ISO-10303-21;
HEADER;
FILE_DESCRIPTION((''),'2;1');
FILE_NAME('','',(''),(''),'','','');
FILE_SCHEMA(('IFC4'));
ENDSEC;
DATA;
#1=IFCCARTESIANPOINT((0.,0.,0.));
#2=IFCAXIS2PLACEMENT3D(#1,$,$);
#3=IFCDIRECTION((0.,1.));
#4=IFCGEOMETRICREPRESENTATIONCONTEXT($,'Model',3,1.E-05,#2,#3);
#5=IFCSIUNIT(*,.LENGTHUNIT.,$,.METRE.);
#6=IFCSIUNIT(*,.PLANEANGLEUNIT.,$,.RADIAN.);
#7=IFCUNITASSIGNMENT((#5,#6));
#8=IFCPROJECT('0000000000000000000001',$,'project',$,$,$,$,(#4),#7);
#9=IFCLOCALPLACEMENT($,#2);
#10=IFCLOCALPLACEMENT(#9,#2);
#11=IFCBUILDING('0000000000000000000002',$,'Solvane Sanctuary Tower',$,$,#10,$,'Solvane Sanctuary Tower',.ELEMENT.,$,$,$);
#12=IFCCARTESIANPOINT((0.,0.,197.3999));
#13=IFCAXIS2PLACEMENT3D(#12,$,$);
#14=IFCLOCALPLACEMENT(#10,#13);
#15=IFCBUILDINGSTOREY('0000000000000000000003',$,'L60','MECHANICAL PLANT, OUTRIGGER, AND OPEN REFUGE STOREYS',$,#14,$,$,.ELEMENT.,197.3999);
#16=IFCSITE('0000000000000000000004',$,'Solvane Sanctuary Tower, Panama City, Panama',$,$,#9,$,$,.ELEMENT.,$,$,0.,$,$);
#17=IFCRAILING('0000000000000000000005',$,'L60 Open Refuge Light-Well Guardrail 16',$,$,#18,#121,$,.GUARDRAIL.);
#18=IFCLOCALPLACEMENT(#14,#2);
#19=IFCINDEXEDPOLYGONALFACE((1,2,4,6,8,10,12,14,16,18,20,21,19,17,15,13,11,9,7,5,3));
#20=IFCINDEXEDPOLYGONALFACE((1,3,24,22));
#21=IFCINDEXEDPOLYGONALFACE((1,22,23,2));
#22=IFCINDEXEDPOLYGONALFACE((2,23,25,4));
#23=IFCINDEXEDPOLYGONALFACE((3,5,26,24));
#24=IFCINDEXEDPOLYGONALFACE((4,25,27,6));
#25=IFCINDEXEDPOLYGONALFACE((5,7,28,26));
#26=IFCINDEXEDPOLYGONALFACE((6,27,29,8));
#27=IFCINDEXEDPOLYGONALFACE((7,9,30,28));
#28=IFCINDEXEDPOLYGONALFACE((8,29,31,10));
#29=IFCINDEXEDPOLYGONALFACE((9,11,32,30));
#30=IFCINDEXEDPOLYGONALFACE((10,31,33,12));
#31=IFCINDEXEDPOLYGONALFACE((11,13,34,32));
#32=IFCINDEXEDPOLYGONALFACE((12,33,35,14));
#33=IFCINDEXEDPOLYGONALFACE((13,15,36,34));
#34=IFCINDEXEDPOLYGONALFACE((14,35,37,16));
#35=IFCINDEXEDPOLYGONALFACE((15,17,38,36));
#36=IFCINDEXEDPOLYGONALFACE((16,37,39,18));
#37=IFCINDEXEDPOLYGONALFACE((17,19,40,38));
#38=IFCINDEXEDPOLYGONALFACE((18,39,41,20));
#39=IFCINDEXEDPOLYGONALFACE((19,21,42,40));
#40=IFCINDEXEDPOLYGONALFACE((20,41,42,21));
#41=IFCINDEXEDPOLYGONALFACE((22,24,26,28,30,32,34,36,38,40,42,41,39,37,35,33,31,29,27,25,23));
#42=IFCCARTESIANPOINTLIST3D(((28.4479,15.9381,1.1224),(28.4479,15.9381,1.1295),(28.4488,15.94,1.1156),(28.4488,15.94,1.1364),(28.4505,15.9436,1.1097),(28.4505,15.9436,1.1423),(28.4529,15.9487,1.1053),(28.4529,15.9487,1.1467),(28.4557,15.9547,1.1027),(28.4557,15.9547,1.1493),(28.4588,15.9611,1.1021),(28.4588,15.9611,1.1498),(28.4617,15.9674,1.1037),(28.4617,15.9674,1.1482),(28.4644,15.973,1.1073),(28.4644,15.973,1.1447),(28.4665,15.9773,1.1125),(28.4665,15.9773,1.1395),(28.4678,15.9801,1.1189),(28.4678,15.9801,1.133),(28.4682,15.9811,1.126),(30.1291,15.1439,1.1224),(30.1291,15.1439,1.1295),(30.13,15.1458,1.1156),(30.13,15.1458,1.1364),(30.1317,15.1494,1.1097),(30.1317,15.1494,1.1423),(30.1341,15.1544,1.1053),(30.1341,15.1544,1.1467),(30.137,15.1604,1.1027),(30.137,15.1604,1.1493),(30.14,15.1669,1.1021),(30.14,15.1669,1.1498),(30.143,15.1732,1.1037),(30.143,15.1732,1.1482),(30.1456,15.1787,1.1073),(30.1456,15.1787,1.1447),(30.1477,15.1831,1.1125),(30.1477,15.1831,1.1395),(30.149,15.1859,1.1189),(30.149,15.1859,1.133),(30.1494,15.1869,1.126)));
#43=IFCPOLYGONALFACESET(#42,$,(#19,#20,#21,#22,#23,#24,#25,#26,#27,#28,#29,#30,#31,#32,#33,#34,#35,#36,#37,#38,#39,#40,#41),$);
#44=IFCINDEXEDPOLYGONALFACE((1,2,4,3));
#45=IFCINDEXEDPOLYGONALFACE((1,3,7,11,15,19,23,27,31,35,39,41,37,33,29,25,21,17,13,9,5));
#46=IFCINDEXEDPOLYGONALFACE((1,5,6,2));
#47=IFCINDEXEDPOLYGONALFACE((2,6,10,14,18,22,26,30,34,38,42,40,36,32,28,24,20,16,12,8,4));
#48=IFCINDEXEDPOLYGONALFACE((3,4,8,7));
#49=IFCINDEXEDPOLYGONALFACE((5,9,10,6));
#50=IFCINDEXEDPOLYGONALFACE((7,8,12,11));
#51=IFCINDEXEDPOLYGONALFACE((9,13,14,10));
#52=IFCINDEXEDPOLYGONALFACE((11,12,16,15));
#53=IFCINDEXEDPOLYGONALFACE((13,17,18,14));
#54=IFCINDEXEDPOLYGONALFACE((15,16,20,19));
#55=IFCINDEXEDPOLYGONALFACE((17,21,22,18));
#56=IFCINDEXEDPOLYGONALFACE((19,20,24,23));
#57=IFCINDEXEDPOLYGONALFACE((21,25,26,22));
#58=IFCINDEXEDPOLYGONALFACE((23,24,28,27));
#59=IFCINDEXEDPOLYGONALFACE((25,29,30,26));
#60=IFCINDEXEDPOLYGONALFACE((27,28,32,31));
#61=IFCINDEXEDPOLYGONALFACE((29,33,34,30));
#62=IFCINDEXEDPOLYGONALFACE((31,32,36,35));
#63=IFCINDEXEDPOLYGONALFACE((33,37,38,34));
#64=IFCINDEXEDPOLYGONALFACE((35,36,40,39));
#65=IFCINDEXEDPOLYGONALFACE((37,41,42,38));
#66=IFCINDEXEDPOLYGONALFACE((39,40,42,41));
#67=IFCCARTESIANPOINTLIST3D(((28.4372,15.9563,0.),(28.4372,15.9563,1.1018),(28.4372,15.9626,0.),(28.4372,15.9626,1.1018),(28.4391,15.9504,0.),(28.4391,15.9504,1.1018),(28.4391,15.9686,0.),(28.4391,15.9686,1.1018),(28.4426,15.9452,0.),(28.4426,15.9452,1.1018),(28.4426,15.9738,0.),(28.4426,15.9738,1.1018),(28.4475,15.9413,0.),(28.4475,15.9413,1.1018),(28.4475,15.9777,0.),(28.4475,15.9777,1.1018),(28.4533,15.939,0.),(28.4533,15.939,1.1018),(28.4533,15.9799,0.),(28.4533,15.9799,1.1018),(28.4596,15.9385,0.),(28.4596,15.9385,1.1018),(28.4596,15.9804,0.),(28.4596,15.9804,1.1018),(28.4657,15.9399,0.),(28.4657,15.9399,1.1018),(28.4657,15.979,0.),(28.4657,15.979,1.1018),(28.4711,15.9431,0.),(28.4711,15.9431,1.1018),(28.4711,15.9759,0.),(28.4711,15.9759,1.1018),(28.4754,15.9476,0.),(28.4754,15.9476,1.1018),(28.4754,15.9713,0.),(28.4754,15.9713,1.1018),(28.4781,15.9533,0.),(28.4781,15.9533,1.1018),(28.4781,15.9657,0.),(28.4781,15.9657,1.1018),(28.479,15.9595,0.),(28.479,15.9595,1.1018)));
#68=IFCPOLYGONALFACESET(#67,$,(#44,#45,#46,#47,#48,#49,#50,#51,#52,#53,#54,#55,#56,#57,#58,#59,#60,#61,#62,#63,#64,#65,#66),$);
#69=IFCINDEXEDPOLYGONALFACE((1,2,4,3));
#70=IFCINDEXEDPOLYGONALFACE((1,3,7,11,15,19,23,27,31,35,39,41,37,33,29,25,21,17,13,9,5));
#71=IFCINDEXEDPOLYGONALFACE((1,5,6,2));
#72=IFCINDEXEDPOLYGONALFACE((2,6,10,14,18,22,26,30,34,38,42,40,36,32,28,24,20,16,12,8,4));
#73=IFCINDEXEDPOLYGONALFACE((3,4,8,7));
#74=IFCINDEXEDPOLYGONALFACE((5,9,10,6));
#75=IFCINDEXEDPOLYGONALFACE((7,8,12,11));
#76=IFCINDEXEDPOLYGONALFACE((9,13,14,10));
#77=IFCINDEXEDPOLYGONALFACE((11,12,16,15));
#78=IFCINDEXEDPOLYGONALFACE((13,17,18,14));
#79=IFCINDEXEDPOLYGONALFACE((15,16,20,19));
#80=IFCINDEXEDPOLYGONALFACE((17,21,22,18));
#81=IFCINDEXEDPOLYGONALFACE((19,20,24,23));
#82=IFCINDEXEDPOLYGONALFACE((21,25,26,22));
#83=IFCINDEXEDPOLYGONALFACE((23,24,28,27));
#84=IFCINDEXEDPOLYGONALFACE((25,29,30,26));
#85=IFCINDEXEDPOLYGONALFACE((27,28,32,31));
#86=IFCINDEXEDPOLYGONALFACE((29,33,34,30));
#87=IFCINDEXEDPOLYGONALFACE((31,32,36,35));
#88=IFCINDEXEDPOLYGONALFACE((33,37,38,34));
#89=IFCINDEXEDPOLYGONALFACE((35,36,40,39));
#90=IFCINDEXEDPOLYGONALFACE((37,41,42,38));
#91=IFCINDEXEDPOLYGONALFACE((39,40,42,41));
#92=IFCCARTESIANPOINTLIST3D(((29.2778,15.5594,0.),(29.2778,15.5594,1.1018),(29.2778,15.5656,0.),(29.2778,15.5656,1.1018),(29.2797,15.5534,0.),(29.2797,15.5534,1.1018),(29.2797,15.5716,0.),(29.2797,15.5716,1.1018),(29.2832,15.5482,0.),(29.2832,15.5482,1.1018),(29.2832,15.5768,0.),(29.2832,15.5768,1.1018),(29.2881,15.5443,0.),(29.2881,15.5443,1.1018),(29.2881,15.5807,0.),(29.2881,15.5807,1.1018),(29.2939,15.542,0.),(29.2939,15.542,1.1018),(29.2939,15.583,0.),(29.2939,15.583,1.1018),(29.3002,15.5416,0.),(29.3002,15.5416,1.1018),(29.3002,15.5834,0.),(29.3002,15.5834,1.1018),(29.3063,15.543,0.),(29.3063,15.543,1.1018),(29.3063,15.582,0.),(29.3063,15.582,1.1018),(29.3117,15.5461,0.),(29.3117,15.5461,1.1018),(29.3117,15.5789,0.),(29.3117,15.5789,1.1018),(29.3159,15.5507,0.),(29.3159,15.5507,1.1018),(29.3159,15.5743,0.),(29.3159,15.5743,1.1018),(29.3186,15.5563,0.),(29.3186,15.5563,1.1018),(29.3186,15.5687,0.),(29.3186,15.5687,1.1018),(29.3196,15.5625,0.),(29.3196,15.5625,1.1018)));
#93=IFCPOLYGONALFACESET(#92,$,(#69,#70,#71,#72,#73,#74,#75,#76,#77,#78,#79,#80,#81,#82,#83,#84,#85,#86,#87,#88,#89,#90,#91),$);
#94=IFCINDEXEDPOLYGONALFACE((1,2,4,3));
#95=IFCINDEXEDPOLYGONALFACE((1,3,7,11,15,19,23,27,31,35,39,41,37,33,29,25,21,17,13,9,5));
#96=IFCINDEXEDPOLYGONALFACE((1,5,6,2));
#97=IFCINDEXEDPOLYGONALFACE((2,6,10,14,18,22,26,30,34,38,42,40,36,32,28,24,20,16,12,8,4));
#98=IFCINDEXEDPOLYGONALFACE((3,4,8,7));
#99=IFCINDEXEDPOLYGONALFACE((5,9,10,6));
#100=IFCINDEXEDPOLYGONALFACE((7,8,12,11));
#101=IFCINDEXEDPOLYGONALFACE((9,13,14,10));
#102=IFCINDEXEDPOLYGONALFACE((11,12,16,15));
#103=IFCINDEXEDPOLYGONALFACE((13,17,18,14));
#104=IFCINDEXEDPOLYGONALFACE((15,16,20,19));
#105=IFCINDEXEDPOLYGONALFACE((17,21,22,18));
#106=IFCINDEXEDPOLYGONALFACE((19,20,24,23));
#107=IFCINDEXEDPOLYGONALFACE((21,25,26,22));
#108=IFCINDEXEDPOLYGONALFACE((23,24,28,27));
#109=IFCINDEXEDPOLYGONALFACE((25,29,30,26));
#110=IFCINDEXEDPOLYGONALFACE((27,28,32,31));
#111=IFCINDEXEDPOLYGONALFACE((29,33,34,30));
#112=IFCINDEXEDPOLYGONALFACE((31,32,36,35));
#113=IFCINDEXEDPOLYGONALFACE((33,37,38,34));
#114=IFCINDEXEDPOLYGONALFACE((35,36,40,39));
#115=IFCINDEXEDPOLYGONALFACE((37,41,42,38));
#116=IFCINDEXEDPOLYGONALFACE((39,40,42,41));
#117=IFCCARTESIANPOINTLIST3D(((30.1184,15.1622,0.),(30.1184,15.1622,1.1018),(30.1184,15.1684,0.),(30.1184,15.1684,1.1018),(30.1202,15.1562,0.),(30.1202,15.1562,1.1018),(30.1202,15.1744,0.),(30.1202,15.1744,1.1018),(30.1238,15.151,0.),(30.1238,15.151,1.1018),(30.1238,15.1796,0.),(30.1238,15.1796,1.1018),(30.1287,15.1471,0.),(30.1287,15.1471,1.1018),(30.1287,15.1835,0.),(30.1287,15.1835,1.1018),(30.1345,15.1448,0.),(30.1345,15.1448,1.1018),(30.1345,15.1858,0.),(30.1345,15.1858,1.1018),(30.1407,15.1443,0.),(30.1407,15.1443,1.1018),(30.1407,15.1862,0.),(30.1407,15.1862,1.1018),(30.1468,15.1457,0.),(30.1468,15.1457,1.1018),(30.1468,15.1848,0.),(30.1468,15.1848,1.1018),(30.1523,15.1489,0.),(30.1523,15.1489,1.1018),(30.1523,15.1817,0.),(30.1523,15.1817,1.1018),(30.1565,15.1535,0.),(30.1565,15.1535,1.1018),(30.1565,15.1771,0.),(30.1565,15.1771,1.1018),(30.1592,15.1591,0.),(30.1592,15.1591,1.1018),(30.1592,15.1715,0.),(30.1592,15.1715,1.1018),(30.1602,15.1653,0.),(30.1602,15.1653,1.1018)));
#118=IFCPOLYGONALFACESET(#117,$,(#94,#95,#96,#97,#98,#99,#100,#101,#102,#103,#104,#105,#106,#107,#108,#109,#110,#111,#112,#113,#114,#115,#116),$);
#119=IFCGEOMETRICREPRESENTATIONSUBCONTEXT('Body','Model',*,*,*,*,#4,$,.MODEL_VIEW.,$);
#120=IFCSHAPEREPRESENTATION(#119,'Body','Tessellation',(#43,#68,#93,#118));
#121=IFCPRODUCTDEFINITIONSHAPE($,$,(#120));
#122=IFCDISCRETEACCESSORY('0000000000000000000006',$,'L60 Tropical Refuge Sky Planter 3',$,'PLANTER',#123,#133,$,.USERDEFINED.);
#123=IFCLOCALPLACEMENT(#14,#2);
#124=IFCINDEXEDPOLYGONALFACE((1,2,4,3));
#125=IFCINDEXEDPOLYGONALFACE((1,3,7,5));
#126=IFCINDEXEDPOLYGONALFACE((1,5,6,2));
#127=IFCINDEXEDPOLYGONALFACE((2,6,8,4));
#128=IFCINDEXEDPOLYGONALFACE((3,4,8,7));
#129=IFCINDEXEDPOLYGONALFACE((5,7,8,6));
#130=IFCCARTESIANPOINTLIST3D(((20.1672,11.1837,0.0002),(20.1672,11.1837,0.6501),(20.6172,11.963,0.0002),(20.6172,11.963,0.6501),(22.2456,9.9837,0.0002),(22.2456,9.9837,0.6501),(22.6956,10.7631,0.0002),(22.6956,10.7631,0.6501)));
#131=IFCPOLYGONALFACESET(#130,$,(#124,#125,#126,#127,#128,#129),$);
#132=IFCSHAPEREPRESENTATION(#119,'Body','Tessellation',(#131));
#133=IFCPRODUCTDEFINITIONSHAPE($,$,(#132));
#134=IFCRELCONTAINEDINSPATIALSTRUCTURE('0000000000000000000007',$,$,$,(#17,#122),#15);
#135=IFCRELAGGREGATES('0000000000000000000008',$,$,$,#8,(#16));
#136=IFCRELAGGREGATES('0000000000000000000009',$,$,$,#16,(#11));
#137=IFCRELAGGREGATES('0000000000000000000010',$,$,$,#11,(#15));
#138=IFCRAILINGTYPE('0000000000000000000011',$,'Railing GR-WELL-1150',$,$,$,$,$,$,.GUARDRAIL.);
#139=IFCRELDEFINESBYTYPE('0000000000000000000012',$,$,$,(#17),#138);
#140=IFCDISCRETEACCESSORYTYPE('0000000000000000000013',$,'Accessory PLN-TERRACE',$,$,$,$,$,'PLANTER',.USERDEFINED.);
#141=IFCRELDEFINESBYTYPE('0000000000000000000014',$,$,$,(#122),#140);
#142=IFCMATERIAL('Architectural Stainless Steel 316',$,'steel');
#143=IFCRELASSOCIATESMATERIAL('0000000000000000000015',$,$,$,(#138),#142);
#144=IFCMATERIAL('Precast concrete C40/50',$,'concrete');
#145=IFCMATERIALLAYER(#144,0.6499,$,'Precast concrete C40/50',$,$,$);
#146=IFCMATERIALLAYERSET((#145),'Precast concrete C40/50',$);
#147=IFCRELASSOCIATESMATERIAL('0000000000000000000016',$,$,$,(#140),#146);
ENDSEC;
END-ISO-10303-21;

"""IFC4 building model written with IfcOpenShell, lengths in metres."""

from ifc_helpers import new_model, si_unit, direction, frame, origin, origin_2d, place, context, subcontext, project, spatial, rectangle, circle, extrude, material, layer, layer_set, type_object, element, save


model = new_model("IFC4")

# Units and contexts
model_context = context("Model", 3, precision=1e-05, world=origin(), true_north=direction((0.0, 1.0)))
body_context = subcontext(model_context, "Body", "Model", "MODEL_VIEW")
ifc_project = project(units=[si_unit("LENGTHUNIT", "METRE"), si_unit("PLANEANGLEUNIT", "RADIAN")], contexts=[model_context])

# Site, building, storey
site_placement = place(None, origin())
site = spatial("IfcSite", under=ifc_project, at=site_placement, Name="Solvane Sanctuary Tower, Panama City, Panama", CompositionType="ELEMENT", RefElevation=0.0)
building_placement = place(site_placement, origin())
building = spatial("IfcBuilding", under=site, at=building_placement, Name="Solvane Sanctuary Tower", LongName="Solvane Sanctuary Tower", CompositionType="ELEMENT")
storey_placement = place(building_placement, frame((0.0, 0.0, 197.3999)))
storey = spatial("IfcBuildingStorey", under=building, at=storey_placement, Name="L60", Description="MECHANICAL PLANT, OUTRIGGER, AND OPEN REFUGE STOREYS", CompositionType="ELEMENT", Elevation=197.3999)

# Shared definitions
ifc_material_1 = material(Name="Architectural Stainless Steel 316", Category="steel")

# Railing
railing_type_1 = type_object("IfcRailingType", Name="Railing GR-WELL-1150", PredefinedType="GUARDRAIL", material=ifc_material_1)
railing_1_placement = place(storey_placement, frame((28.458, 15.9595, 0.0)))
element("IfcRailing", 1, at=railing_1_placement, inside=storey, type_object=railing_type_1, Name="L60 Open Refuge Light-Well Guardrail 16", PredefinedType="GUARDRAIL", context=body_context, shape_type="SweptSolid", body=[
    extrude(circle(Radius=0.0239, at=origin_2d()), frame((0.0, 0.0, 1.126), z_axis=(0.904184, -0.427143, 0.0), x_axis=(0.427143, 0.904184, 0.0)), (0.0, 0.0, 1.0), 1.8594),
    extrude(circle(Radius=0.021, at=origin_2d()), origin(), (0.0, 0.0, 1.0), 1.1018),
    extrude(circle(Radius=0.021, at=origin_2d()), frame((0.8406, -0.397, 0.0)), (0.0, 0.0, 1.0), 1.1018),
    extrude(circle(Radius=0.021, at=origin_2d()), frame((1.6812, -0.7942, 0.0)), (0.0, 0.0, 1.0), 1.1018),
])

# Discrete accessory
ifc_material_2 = material(Name="Precast concrete C40/50", Category="concrete")
ifc_layer_1 = layer(ifc_material_2, 0.6499, Name="Precast concrete C40/50")
ifc_layer_set_1 = layer_set([ifc_layer_1], Name="Precast concrete C40/50")
discrete_accessory_type = type_object("IfcDiscreteAccessoryType", Name="Accessory PLN-TERRACE", ElementType="PLANTER", PredefinedType="USERDEFINED", material=ifc_layer_set_1)
discrete_accessory_placement = place(storey_placement, frame((21.4314, 10.9734, 0.0002), z_axis=(0.0, 0.0, 1.0), x_axis=(0.866025, -0.5, 0.0)))
element("IfcDiscreteAccessory", 2, at=discrete_accessory_placement, inside=storey, type_object=discrete_accessory_type, Name="L60 Tropical Refuge Sky Planter 3", ObjectType="PLANTER", PredefinedType="USERDEFINED", context=body_context, shape_type="SweptSolid", body=[
    extrude(rectangle(XDim=2.3999, YDim=0.8999, at=origin_2d()), origin(), (0.0, 0.0, 1.0), 0.6499),
])

save(model, "model.ifc")
